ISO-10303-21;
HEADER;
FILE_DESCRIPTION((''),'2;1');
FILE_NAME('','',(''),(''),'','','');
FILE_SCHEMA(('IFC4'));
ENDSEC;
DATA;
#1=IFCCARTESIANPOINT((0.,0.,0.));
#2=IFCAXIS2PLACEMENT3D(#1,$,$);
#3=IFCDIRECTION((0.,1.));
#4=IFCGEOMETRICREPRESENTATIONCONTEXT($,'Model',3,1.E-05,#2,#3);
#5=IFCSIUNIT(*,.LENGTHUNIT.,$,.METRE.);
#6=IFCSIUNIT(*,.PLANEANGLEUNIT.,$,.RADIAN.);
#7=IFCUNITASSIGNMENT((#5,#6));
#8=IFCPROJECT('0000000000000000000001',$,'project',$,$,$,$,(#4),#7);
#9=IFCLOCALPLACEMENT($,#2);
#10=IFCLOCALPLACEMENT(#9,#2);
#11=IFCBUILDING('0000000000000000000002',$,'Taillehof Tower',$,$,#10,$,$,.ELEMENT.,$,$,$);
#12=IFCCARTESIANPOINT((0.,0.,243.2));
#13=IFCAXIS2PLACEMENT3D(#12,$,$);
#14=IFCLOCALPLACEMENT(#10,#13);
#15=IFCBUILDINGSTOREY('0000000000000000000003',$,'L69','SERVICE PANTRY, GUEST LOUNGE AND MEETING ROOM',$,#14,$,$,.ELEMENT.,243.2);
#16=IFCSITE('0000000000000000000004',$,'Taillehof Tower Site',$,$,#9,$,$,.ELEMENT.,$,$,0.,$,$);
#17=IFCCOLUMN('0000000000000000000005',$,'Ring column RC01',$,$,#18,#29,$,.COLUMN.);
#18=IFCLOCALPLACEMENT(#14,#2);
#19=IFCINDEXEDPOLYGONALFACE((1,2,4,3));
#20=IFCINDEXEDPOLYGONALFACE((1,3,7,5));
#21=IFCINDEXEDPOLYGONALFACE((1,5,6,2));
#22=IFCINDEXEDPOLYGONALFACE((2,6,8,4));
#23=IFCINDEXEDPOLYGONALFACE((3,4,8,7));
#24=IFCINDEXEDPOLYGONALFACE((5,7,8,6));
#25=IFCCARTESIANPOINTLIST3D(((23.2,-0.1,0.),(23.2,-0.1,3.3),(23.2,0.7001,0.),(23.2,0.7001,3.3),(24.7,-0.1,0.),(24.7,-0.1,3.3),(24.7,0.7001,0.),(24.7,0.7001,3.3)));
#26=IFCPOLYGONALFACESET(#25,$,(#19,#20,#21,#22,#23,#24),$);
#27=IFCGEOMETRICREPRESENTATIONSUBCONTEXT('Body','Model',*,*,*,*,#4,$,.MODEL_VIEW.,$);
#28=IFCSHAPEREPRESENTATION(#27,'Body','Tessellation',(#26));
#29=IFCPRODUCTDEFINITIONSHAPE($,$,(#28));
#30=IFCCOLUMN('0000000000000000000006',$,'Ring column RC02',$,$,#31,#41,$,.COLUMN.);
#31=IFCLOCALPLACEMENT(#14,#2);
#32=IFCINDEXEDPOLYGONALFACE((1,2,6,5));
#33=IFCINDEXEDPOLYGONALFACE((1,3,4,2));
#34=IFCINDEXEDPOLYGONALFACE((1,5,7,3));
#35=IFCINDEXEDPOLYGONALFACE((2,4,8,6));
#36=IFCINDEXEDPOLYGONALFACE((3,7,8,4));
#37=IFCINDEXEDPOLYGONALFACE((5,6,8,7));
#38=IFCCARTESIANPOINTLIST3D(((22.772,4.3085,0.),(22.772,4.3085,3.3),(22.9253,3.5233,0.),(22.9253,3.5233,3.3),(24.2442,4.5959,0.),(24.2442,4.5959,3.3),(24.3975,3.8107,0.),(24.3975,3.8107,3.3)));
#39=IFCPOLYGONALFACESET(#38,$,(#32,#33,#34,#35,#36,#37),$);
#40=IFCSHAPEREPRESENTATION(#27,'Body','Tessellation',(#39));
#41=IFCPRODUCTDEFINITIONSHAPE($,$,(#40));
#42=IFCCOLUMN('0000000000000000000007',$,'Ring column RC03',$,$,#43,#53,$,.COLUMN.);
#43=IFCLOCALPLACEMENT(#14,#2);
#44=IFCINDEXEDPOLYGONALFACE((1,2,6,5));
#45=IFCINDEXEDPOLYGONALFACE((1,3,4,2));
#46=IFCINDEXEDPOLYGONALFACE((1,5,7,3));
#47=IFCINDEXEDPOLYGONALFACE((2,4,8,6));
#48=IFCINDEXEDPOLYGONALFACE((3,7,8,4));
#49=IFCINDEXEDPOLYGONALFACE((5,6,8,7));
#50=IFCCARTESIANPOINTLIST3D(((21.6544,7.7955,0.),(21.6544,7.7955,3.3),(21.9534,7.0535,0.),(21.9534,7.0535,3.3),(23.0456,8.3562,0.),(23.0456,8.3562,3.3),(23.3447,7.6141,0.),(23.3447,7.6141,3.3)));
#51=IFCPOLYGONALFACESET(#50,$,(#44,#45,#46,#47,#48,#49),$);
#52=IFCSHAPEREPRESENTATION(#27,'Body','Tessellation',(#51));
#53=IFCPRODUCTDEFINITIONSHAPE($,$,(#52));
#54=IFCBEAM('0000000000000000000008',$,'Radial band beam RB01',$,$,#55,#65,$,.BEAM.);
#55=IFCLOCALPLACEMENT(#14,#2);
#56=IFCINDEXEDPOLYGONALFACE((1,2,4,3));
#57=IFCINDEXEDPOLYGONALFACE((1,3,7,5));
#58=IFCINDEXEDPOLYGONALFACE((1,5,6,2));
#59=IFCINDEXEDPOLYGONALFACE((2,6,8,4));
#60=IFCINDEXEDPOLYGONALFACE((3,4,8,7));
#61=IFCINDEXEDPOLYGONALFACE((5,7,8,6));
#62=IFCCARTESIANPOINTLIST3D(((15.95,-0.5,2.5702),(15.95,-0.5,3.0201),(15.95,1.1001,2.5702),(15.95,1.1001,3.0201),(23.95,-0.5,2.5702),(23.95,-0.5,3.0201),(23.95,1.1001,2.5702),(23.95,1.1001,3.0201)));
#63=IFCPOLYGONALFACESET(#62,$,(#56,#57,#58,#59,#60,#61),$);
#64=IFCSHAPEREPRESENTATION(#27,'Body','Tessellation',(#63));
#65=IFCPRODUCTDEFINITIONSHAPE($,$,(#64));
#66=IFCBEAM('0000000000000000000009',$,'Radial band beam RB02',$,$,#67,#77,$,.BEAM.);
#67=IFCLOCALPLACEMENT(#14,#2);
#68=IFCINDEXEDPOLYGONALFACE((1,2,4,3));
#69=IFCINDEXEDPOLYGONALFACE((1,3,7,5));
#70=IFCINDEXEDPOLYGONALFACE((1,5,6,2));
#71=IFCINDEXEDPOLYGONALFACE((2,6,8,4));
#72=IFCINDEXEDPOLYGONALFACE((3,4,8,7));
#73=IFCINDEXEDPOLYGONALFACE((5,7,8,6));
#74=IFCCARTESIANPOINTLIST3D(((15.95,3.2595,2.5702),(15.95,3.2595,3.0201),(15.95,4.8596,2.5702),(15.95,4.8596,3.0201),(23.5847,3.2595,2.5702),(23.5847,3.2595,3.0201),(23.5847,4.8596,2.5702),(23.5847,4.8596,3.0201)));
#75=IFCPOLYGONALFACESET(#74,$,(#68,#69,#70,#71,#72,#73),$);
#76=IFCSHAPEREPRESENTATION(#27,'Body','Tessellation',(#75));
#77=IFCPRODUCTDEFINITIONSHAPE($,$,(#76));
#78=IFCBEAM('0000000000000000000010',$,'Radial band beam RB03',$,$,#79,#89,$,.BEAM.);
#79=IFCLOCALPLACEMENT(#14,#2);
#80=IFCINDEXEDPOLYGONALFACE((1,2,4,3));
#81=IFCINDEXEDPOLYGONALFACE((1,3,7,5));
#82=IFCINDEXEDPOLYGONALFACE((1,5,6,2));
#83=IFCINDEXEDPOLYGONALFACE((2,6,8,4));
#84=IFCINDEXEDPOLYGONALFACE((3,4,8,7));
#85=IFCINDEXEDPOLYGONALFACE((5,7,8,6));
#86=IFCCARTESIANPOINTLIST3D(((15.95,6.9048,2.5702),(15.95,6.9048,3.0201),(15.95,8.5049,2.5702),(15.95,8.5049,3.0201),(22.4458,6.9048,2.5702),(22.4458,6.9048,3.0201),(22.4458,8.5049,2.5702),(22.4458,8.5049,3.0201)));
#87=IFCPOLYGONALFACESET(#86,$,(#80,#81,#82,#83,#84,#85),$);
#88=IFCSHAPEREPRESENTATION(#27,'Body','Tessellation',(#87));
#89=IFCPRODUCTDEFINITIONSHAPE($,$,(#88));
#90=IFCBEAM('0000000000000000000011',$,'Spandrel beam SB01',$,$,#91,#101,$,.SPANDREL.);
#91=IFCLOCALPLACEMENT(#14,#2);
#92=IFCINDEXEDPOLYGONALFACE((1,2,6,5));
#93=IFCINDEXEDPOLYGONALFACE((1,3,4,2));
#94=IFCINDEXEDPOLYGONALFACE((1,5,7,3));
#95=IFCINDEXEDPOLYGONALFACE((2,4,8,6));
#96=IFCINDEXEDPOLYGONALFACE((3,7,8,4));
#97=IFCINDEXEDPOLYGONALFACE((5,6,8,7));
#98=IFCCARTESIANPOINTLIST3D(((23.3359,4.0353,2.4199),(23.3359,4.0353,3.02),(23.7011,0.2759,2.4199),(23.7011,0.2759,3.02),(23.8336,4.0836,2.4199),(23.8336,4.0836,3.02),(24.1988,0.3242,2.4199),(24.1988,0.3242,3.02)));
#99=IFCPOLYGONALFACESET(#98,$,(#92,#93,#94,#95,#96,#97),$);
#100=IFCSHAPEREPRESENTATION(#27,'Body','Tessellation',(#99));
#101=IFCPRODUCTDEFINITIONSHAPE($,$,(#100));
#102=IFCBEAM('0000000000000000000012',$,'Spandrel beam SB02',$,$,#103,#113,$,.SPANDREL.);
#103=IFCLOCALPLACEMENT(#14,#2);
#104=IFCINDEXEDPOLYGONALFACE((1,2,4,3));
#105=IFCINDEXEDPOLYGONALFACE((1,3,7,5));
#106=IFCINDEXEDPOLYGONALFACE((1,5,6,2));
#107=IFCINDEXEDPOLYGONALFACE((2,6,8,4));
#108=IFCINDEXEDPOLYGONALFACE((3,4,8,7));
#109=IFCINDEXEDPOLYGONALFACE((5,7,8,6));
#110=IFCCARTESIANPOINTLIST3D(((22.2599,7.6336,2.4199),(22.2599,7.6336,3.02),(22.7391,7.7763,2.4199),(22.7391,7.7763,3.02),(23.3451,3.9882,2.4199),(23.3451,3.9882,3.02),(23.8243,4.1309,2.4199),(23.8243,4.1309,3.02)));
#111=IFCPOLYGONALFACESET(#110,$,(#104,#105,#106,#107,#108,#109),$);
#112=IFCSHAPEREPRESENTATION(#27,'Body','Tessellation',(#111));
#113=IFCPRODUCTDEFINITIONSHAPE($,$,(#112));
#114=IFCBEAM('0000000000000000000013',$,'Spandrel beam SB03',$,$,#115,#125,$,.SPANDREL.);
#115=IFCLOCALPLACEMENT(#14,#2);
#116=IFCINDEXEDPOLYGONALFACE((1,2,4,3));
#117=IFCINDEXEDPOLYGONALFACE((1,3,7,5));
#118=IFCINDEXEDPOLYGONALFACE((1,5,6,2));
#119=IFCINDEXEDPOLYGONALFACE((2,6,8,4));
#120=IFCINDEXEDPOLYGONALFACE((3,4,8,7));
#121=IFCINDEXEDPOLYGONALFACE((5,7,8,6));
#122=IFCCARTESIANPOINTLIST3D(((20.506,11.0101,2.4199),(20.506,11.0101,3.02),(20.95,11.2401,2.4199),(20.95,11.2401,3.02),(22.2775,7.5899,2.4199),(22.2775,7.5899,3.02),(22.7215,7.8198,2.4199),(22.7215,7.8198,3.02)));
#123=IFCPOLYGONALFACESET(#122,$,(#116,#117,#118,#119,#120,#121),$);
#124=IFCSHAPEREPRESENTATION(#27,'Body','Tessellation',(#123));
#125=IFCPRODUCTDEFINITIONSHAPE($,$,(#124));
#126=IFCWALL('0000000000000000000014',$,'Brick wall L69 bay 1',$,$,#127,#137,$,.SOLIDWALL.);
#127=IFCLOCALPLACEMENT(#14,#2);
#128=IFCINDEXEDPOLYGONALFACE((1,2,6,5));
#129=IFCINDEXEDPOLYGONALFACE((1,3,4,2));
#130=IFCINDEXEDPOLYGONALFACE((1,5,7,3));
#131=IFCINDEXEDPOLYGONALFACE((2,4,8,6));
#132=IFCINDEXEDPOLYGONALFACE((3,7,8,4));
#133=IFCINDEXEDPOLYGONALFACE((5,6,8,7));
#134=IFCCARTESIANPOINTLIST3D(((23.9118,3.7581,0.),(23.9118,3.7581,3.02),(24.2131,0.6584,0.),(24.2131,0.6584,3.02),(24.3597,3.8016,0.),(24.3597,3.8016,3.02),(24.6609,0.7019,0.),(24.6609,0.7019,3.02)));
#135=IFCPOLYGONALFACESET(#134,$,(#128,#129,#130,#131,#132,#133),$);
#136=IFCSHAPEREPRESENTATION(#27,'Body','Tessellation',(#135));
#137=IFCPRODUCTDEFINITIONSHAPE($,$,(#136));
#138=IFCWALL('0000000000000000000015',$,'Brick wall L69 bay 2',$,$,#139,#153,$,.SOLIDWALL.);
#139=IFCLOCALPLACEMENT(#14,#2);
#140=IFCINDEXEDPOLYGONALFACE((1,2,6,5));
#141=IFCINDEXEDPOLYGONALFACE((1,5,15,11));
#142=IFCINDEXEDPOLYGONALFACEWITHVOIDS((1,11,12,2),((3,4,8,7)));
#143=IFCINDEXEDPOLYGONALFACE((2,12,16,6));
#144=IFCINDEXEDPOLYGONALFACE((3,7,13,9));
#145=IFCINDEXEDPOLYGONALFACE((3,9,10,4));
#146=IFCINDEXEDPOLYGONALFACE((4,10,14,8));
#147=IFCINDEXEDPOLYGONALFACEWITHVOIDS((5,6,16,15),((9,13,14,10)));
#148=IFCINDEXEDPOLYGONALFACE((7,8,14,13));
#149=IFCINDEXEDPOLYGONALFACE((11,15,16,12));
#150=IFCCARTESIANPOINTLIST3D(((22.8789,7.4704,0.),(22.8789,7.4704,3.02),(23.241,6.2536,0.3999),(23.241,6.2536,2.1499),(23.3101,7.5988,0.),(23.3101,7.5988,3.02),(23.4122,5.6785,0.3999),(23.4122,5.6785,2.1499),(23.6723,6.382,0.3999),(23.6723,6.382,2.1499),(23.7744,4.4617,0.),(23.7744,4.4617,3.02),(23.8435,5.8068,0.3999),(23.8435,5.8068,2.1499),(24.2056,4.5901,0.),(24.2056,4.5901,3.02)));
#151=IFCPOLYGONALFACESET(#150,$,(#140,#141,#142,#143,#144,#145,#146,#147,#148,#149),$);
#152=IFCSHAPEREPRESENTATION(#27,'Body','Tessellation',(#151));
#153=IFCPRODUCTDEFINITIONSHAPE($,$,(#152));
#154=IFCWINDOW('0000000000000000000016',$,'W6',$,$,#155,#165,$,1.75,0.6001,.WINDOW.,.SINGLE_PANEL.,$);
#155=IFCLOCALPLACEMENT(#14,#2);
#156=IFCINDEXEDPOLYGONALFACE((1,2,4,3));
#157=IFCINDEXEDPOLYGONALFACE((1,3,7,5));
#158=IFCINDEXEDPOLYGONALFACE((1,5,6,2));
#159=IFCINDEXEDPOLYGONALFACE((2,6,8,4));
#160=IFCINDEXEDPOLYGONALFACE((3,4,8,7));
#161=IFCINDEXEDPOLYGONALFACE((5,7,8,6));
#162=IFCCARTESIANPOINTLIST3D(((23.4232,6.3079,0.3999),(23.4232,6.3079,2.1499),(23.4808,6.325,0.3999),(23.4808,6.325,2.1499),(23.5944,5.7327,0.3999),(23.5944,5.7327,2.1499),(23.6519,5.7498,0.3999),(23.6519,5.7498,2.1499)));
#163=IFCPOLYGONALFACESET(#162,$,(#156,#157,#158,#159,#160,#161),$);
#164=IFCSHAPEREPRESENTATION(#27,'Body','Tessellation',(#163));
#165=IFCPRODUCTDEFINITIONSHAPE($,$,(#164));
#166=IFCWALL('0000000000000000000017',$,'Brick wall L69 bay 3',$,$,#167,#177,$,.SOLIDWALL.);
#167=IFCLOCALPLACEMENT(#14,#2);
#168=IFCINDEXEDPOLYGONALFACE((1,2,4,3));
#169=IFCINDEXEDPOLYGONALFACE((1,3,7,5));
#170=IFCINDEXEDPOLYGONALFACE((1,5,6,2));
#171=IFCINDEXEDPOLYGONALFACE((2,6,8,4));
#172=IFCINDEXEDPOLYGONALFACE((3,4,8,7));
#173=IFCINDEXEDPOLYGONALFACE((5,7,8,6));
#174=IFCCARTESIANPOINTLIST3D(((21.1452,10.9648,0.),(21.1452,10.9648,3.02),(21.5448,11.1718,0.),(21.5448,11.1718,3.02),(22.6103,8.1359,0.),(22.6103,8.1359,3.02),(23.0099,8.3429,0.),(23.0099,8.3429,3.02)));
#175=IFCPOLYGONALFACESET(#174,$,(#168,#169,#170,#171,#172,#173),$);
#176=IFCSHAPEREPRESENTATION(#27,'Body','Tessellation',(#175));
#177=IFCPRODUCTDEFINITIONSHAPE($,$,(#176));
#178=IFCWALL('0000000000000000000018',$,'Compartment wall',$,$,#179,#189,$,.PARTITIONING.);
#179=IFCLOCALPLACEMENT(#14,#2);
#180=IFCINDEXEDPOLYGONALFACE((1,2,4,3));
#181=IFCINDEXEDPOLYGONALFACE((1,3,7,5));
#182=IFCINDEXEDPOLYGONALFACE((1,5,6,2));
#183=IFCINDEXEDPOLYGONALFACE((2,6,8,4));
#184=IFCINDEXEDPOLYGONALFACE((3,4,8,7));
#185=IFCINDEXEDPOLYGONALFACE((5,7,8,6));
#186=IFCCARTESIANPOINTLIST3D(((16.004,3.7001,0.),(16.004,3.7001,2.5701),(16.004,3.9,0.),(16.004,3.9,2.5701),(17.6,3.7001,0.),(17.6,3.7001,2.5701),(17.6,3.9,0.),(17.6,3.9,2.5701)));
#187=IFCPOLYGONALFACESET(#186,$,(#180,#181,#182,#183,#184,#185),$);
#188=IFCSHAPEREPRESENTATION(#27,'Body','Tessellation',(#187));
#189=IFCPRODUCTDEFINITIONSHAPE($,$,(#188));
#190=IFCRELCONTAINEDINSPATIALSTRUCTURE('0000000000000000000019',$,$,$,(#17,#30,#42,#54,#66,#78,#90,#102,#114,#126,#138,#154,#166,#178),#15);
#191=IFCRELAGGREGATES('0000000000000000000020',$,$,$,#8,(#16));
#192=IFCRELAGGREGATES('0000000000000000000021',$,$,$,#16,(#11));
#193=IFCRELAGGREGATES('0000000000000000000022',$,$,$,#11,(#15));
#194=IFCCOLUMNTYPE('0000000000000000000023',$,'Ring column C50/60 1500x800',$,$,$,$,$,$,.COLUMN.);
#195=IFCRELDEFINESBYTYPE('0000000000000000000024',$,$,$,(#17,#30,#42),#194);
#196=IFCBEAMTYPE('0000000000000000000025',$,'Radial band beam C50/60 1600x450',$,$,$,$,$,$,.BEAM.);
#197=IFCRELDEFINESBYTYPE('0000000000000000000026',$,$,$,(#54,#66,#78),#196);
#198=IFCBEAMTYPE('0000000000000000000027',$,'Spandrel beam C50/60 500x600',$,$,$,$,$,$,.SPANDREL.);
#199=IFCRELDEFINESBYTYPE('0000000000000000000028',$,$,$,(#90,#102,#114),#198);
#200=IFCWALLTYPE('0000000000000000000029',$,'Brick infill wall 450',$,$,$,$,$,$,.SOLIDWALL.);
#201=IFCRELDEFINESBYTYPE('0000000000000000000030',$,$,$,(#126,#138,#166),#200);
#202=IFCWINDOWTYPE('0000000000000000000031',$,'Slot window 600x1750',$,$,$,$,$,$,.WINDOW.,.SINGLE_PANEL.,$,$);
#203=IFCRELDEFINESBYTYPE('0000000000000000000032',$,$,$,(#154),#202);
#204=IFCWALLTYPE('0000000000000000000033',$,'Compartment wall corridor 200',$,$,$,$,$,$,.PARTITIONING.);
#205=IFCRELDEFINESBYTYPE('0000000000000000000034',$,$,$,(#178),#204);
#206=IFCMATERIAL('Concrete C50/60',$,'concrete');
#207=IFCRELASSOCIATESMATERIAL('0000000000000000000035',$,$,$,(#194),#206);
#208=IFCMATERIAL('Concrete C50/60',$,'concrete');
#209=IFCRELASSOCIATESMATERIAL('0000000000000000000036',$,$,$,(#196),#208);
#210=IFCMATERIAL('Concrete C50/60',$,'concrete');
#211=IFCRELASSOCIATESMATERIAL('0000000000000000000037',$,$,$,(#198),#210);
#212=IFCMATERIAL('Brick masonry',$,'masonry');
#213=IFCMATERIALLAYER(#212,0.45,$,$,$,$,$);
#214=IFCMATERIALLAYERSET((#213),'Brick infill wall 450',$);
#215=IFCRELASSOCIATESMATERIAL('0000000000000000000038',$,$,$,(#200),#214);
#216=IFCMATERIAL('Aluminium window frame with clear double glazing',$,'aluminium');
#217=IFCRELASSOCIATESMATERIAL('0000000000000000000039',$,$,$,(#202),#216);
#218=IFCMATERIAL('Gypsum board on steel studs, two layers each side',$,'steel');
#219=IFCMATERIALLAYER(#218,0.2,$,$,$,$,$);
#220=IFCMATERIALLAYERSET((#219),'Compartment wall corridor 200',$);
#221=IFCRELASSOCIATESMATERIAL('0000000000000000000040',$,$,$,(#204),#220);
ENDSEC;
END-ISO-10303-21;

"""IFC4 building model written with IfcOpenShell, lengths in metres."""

from ifc_helpers import new_model, si_unit, direction, frame, frame_2d, origin, origin_2d, place, context, subcontext, project, spatial, rectangle, extrude, material, layer, layer_set, material_profile, profile_set, type_object, element, fill, save


model = new_model("IFC4")

# Units and contexts
model_context = context("Model", 3, precision=1e-05, world=origin(), true_north=direction((0.0, 1.0)))
body_context = subcontext(model_context, "Body", "Model", "MODEL_VIEW")
ifc_project = project(units=[si_unit("LENGTHUNIT", "METRE"), si_unit("PLANEANGLEUNIT", "RADIAN")], contexts=[model_context])

# Site, building, storey
site_placement = place(None, origin())
site = spatial("IfcSite", under=ifc_project, at=site_placement, Name="Taillehof Tower Site", CompositionType="ELEMENT", RefElevation=0.0)
building_placement = place(site_placement, origin())
building = spatial("IfcBuilding", under=site, at=building_placement, Name="Taillehof Tower", CompositionType="ELEMENT")
storey_placement = place(building_placement, frame((0.0, 0.0, 243.2)))
storey = spatial("IfcBuildingStorey", under=building, at=storey_placement, Name="L69", Description="SERVICE PANTRY, GUEST LOUNGE AND MEETING ROOM", CompositionType="ELEMENT", Elevation=243.2)

# Columns
ifc_material_1 = material(Name="Concrete C50/60", Category="concrete")
ifc_material_profile_1 = material_profile(ifc_material_1, rectangle(XDim=1.5, YDim=0.8, at=origin_2d()), Name="RC 1500x800")
ifc_profile_set_1 = profile_set([ifc_material_profile_1], Name="Concrete C50/60")
column_type = type_object("IfcColumnType", Name="Ring column C50/60 1500x800", PredefinedType="COLUMN", material=ifc_profile_set_1)
for number, where, z_axis, x_axis, name in (
    (1, (23.95, 0.3, 0.0), (0.0, 0.0, 1.0), (1.0, 0.0, 0.0), "Ring column RC01"),
    (2, (23.5847, 4.0596, 0.0), (0.0, 0.0, 1.0), (0.981473, 0.191602, 0.0), "Ring column RC02"),
    (3, (22.4995, 7.7048, 0.0), (0.0, 0.0, 1.0), (0.927525, 0.373762, 0.0), "Ring column RC03"),
):
    element("IfcColumn", number, at=place(storey_placement, frame(where, z_axis=z_axis, x_axis=x_axis)), inside=storey, type_object=column_type, Name=name, PredefinedType="COLUMN", context=body_context, shape_type="SweptSolid", body=[
        extrude(rectangle(XDim=1.5, YDim=0.8, at=origin_2d()), origin(), (0.0, 0.0, 1.0), 3.3),
    ])

# Beams
ifc_material_2 = material(Name="Concrete C50/60", Category="concrete")
ifc_material_profile_2 = material_profile(ifc_material_2, rectangle(XDim=1.6001, YDim=0.45, at=origin_2d()), Name="RC 1600x450")
ifc_profile_set_2 = profile_set([ifc_material_profile_2], Name="Concrete C50/60")
beam_type_1 = type_object("IfcBeamType", Name="Radial band beam C50/60 1600x450", PredefinedType="BEAM", material=ifc_profile_set_2)
beam_1_placement = place(storey_placement, frame((23.95, 0.3, 2.7952), z_axis=(-1.0, 0.0, 0.0), x_axis=(0.0, -1.0, 0.0)))
element("IfcBeam", 4, at=beam_1_placement, inside=storey, type_object=beam_type_1, Name="Radial band beam RB01", PredefinedType="BEAM", context=body_context, shape_type="SweptSolid", body=[
    extrude(rectangle(XDim=1.6001, YDim=0.45, at=origin_2d()), origin(), (0.0, 0.0, 1.0), 8.0),
])
beam_2_placement = place(storey_placement, frame((23.5847, 4.0596, 2.7952), z_axis=(-1.0, 0.0, 0.0), x_axis=(0.0, -1.0, 0.0)))
element("IfcBeam", 5, at=beam_2_placement, inside=storey, type_object=beam_type_1, Name="Radial band beam RB02", PredefinedType="BEAM", context=body_context, shape_type="SweptSolid", body=[
    extrude(rectangle(XDim=1.6001, YDim=0.45, at=origin_2d()), origin(), (0.0, 0.0, 1.0), 7.6348),
])
beam_3_placement = place(storey_placement, frame((22.4458, 7.7048, 2.7952), z_axis=(-1.0, 0.0, 0.0), x_axis=(0.0, -1.0, 0.0)))
element("IfcBeam", 6, at=beam_3_placement, inside=storey, type_object=beam_type_1, Name="Radial band beam RB03", PredefinedType="BEAM", context=body_context, shape_type="SweptSolid", body=[
    extrude(rectangle(XDim=1.6001, YDim=0.45, at=origin_2d()), origin(), (0.0, 0.0, 1.0), 6.4958),
])
ifc_material_3 = material(Name="Concrete C50/60", Category="concrete")
ifc_material_profile_3 = material_profile(ifc_material_3, rectangle(XDim=0.5, YDim=0.6001, at=origin_2d()), Name="RC 500x600")
ifc_profile_set_3 = profile_set([ifc_material_profile_3], Name="Concrete C50/60")
beam_type_2 = type_object("IfcBeamType", Name="Spandrel beam C50/60 500x600", PredefinedType="SPANDREL", material=ifc_profile_set_3)
beam_4_placement = place(storey_placement, frame((23.95, 0.3, 2.72), z_axis=(-0.096694, 0.995314, 0.0), x_axis=(-0.995314, -0.096694, 0.0)))
element("IfcBeam", 7, at=beam_4_placement, inside=storey, type_object=beam_type_2, Name="Spandrel beam SB01", PredefinedType="SPANDREL", context=body_context, shape_type="SweptSolid", body=[
    extrude(rectangle(XDim=0.5, YDim=0.6001, at=origin_2d()), origin(), (0.0, 0.0, 1.0), 3.7771),
])
beam_5_placement = place(storey_placement, frame((23.5847, 4.0596, 2.72), z_axis=(-0.285327, 0.95843, 0.0), x_axis=(-0.95843, -0.285327, 0.0)))
element("IfcBeam", 8, at=beam_5_placement, inside=storey, type_object=beam_type_2, Name="Spandrel beam SB02", PredefinedType="SPANDREL", context=body_context, shape_type="SweptSolid", body=[
    extrude(rectangle(XDim=0.5, YDim=0.6001, at=origin_2d()), origin(), (0.0, 0.0, 1.0), 3.8035),
])
beam_6_placement = place(storey_placement, frame((22.4995, 7.7048, 2.72), z_axis=(-0.459921, 0.88796, 0.0), x_axis=(-0.88796, -0.459921, 0.0)))
element("IfcBeam", 9, at=beam_6_placement, inside=storey, type_object=beam_type_2, Name="Spandrel beam SB03", PredefinedType="SPANDREL", context=body_context, shape_type="SweptSolid", body=[
    extrude(rectangle(XDim=0.5, YDim=0.6001, at=origin_2d()), origin(), (0.0, 0.0, 1.0), 3.8518),
])

# Wall
ifc_material_4 = material(Name="Brick masonry", Category="masonry")
ifc_layer_1 = layer(ifc_material_4, 0.45)
ifc_layer_set_1 = layer_set([ifc_layer_1], Name="Brick infill wall 450")
wall_type_1 = type_object("IfcWallType", Name="Brick infill wall 450", PredefinedType="SOLIDWALL", material=ifc_layer_set_1)
wall_1_placement = place(storey_placement, frame((24.437, 0.6802, 0.0), z_axis=(0.0, 0.0, 1.0), x_axis=(-0.09674, 0.99531, 0.0)))
element("IfcWall", 10, at=wall_1_placement, inside=storey, type_object=wall_type_1, Name="Brick wall L69 bay 1", PredefinedType="SOLIDWALL", context=body_context, shape_type="SweptSolid", body=[
    extrude(rectangle(XDim=3.1143, YDim=0.45, at=frame_2d((1.5571, 0.0))), origin(), (0.0, 0.0, 1.0), 3.02),
])

# Wall, opening, window
wall_2_placement = place(storey_placement, frame((23.99, 4.5259, 0.0), z_axis=(0.0, 0.0, 1.0), x_axis=(-0.285264, 0.958449, 0.0)))
wall_2 = element("IfcWall", 11, at=wall_2_placement, inside=storey, type_object=wall_type_1, Name="Brick wall L69 bay 2", PredefinedType="SOLIDWALL", context=body_context, shape_type="SweptSolid", body=[
    extrude(rectangle(XDim=3.1392, YDim=0.45, at=frame_2d((1.5696, 0.0))), origin(), (0.0, 0.0, 1.0), 3.02),
])
opening_placement = place(wall_2_placement, frame((1.2695, 0.0, 0.3999)))
opening = element("IfcOpeningElement", 12, at=opening_placement, cuts=wall_2, PredefinedType="OPENING", context=body_context, shape_type="SweptSolid", body=[
    extrude(rectangle(XDim=0.6001, YDim=1.75, at=frame_2d((0.3, 0.875))), frame((0.0, 0.2349, 0.0), z_axis=(0.0, -1.0, 0.0), x_axis=(1.0, 0.0, 0.0)), (0.0, 0.0, 1.0), 0.47),
])
ifc_material_5 = material(Name="Aluminium window frame with clear double glazing", Category="aluminium")
window_type = type_object("IfcWindowType", Name="Slot window 600x1750", PartitioningType="SINGLE_PANEL", PredefinedType="WINDOW", material=ifc_material_5)
window_placement = place(opening_placement, origin())
window = element("IfcWindow", 13, at=window_placement, inside=storey, type_object=window_type, Name="W6", OverallHeight=1.75, OverallWidth=0.6001, PartitioningType="SINGLE_PANEL", PredefinedType="WINDOW", context=body_context, shape_type="SweptSolid", body=[
    extrude(rectangle(XDim=0.6001, YDim=1.75, at=frame_2d((0.3, 0.875))), frame((0.0, 0.0349, 0.0), z_axis=(0.0, -1.0, 0.0), x_axis=(1.0, 0.0, 0.0)), (0.0, 0.0, 1.0), 0.0601),
])
fill(opening, window)

# Walls
wall_3_placement = place(storey_placement, frame((22.8101, 8.2395, 0.0), z_axis=(0.0, 0.0, 1.0), x_axis=(-0.45989, 0.887976, 0.0)))
element("IfcWall", 14, at=wall_3_placement, inside=storey, type_object=wall_type_1, Name="Brick wall L69 bay 3", PredefinedType="SOLIDWALL", context=body_context, shape_type="SweptSolid", body=[
    extrude(rectangle(XDim=3.1858, YDim=0.45, at=frame_2d((1.5928, 0.0))), origin(), (0.0, 0.0, 1.0), 3.02),
])
ifc_material_6 = material(Name="Gypsum board on steel studs, two layers each side", Category="steel")
ifc_layer_2 = layer(ifc_material_6, 0.2)
ifc_layer_set_2 = layer_set([ifc_layer_2], Name="Compartment wall corridor 200")
wall_type_2 = type_object("IfcWallType", Name="Compartment wall corridor 200", PredefinedType="PARTITIONING", material=ifc_layer_set_2)
wall_4_placement = place(storey_placement, frame((17.5999, 3.8, 0.0), z_axis=(0.0, 0.0, 1.0), x_axis=(-1.0, 0.0, 0.0)))
element("IfcWall", 15, at=wall_4_placement, inside=storey, type_object=wall_type_2, Name="Compartment wall", PredefinedType="PARTITIONING", context=body_context, shape_type="SweptSolid", body=[
    extrude(rectangle(XDim=1.5959, YDim=0.2, at=frame_2d((0.7979, 0.0))), origin(), (0.0, 0.0, 1.0), 2.5701),
])

save(model, "model.ifc")
